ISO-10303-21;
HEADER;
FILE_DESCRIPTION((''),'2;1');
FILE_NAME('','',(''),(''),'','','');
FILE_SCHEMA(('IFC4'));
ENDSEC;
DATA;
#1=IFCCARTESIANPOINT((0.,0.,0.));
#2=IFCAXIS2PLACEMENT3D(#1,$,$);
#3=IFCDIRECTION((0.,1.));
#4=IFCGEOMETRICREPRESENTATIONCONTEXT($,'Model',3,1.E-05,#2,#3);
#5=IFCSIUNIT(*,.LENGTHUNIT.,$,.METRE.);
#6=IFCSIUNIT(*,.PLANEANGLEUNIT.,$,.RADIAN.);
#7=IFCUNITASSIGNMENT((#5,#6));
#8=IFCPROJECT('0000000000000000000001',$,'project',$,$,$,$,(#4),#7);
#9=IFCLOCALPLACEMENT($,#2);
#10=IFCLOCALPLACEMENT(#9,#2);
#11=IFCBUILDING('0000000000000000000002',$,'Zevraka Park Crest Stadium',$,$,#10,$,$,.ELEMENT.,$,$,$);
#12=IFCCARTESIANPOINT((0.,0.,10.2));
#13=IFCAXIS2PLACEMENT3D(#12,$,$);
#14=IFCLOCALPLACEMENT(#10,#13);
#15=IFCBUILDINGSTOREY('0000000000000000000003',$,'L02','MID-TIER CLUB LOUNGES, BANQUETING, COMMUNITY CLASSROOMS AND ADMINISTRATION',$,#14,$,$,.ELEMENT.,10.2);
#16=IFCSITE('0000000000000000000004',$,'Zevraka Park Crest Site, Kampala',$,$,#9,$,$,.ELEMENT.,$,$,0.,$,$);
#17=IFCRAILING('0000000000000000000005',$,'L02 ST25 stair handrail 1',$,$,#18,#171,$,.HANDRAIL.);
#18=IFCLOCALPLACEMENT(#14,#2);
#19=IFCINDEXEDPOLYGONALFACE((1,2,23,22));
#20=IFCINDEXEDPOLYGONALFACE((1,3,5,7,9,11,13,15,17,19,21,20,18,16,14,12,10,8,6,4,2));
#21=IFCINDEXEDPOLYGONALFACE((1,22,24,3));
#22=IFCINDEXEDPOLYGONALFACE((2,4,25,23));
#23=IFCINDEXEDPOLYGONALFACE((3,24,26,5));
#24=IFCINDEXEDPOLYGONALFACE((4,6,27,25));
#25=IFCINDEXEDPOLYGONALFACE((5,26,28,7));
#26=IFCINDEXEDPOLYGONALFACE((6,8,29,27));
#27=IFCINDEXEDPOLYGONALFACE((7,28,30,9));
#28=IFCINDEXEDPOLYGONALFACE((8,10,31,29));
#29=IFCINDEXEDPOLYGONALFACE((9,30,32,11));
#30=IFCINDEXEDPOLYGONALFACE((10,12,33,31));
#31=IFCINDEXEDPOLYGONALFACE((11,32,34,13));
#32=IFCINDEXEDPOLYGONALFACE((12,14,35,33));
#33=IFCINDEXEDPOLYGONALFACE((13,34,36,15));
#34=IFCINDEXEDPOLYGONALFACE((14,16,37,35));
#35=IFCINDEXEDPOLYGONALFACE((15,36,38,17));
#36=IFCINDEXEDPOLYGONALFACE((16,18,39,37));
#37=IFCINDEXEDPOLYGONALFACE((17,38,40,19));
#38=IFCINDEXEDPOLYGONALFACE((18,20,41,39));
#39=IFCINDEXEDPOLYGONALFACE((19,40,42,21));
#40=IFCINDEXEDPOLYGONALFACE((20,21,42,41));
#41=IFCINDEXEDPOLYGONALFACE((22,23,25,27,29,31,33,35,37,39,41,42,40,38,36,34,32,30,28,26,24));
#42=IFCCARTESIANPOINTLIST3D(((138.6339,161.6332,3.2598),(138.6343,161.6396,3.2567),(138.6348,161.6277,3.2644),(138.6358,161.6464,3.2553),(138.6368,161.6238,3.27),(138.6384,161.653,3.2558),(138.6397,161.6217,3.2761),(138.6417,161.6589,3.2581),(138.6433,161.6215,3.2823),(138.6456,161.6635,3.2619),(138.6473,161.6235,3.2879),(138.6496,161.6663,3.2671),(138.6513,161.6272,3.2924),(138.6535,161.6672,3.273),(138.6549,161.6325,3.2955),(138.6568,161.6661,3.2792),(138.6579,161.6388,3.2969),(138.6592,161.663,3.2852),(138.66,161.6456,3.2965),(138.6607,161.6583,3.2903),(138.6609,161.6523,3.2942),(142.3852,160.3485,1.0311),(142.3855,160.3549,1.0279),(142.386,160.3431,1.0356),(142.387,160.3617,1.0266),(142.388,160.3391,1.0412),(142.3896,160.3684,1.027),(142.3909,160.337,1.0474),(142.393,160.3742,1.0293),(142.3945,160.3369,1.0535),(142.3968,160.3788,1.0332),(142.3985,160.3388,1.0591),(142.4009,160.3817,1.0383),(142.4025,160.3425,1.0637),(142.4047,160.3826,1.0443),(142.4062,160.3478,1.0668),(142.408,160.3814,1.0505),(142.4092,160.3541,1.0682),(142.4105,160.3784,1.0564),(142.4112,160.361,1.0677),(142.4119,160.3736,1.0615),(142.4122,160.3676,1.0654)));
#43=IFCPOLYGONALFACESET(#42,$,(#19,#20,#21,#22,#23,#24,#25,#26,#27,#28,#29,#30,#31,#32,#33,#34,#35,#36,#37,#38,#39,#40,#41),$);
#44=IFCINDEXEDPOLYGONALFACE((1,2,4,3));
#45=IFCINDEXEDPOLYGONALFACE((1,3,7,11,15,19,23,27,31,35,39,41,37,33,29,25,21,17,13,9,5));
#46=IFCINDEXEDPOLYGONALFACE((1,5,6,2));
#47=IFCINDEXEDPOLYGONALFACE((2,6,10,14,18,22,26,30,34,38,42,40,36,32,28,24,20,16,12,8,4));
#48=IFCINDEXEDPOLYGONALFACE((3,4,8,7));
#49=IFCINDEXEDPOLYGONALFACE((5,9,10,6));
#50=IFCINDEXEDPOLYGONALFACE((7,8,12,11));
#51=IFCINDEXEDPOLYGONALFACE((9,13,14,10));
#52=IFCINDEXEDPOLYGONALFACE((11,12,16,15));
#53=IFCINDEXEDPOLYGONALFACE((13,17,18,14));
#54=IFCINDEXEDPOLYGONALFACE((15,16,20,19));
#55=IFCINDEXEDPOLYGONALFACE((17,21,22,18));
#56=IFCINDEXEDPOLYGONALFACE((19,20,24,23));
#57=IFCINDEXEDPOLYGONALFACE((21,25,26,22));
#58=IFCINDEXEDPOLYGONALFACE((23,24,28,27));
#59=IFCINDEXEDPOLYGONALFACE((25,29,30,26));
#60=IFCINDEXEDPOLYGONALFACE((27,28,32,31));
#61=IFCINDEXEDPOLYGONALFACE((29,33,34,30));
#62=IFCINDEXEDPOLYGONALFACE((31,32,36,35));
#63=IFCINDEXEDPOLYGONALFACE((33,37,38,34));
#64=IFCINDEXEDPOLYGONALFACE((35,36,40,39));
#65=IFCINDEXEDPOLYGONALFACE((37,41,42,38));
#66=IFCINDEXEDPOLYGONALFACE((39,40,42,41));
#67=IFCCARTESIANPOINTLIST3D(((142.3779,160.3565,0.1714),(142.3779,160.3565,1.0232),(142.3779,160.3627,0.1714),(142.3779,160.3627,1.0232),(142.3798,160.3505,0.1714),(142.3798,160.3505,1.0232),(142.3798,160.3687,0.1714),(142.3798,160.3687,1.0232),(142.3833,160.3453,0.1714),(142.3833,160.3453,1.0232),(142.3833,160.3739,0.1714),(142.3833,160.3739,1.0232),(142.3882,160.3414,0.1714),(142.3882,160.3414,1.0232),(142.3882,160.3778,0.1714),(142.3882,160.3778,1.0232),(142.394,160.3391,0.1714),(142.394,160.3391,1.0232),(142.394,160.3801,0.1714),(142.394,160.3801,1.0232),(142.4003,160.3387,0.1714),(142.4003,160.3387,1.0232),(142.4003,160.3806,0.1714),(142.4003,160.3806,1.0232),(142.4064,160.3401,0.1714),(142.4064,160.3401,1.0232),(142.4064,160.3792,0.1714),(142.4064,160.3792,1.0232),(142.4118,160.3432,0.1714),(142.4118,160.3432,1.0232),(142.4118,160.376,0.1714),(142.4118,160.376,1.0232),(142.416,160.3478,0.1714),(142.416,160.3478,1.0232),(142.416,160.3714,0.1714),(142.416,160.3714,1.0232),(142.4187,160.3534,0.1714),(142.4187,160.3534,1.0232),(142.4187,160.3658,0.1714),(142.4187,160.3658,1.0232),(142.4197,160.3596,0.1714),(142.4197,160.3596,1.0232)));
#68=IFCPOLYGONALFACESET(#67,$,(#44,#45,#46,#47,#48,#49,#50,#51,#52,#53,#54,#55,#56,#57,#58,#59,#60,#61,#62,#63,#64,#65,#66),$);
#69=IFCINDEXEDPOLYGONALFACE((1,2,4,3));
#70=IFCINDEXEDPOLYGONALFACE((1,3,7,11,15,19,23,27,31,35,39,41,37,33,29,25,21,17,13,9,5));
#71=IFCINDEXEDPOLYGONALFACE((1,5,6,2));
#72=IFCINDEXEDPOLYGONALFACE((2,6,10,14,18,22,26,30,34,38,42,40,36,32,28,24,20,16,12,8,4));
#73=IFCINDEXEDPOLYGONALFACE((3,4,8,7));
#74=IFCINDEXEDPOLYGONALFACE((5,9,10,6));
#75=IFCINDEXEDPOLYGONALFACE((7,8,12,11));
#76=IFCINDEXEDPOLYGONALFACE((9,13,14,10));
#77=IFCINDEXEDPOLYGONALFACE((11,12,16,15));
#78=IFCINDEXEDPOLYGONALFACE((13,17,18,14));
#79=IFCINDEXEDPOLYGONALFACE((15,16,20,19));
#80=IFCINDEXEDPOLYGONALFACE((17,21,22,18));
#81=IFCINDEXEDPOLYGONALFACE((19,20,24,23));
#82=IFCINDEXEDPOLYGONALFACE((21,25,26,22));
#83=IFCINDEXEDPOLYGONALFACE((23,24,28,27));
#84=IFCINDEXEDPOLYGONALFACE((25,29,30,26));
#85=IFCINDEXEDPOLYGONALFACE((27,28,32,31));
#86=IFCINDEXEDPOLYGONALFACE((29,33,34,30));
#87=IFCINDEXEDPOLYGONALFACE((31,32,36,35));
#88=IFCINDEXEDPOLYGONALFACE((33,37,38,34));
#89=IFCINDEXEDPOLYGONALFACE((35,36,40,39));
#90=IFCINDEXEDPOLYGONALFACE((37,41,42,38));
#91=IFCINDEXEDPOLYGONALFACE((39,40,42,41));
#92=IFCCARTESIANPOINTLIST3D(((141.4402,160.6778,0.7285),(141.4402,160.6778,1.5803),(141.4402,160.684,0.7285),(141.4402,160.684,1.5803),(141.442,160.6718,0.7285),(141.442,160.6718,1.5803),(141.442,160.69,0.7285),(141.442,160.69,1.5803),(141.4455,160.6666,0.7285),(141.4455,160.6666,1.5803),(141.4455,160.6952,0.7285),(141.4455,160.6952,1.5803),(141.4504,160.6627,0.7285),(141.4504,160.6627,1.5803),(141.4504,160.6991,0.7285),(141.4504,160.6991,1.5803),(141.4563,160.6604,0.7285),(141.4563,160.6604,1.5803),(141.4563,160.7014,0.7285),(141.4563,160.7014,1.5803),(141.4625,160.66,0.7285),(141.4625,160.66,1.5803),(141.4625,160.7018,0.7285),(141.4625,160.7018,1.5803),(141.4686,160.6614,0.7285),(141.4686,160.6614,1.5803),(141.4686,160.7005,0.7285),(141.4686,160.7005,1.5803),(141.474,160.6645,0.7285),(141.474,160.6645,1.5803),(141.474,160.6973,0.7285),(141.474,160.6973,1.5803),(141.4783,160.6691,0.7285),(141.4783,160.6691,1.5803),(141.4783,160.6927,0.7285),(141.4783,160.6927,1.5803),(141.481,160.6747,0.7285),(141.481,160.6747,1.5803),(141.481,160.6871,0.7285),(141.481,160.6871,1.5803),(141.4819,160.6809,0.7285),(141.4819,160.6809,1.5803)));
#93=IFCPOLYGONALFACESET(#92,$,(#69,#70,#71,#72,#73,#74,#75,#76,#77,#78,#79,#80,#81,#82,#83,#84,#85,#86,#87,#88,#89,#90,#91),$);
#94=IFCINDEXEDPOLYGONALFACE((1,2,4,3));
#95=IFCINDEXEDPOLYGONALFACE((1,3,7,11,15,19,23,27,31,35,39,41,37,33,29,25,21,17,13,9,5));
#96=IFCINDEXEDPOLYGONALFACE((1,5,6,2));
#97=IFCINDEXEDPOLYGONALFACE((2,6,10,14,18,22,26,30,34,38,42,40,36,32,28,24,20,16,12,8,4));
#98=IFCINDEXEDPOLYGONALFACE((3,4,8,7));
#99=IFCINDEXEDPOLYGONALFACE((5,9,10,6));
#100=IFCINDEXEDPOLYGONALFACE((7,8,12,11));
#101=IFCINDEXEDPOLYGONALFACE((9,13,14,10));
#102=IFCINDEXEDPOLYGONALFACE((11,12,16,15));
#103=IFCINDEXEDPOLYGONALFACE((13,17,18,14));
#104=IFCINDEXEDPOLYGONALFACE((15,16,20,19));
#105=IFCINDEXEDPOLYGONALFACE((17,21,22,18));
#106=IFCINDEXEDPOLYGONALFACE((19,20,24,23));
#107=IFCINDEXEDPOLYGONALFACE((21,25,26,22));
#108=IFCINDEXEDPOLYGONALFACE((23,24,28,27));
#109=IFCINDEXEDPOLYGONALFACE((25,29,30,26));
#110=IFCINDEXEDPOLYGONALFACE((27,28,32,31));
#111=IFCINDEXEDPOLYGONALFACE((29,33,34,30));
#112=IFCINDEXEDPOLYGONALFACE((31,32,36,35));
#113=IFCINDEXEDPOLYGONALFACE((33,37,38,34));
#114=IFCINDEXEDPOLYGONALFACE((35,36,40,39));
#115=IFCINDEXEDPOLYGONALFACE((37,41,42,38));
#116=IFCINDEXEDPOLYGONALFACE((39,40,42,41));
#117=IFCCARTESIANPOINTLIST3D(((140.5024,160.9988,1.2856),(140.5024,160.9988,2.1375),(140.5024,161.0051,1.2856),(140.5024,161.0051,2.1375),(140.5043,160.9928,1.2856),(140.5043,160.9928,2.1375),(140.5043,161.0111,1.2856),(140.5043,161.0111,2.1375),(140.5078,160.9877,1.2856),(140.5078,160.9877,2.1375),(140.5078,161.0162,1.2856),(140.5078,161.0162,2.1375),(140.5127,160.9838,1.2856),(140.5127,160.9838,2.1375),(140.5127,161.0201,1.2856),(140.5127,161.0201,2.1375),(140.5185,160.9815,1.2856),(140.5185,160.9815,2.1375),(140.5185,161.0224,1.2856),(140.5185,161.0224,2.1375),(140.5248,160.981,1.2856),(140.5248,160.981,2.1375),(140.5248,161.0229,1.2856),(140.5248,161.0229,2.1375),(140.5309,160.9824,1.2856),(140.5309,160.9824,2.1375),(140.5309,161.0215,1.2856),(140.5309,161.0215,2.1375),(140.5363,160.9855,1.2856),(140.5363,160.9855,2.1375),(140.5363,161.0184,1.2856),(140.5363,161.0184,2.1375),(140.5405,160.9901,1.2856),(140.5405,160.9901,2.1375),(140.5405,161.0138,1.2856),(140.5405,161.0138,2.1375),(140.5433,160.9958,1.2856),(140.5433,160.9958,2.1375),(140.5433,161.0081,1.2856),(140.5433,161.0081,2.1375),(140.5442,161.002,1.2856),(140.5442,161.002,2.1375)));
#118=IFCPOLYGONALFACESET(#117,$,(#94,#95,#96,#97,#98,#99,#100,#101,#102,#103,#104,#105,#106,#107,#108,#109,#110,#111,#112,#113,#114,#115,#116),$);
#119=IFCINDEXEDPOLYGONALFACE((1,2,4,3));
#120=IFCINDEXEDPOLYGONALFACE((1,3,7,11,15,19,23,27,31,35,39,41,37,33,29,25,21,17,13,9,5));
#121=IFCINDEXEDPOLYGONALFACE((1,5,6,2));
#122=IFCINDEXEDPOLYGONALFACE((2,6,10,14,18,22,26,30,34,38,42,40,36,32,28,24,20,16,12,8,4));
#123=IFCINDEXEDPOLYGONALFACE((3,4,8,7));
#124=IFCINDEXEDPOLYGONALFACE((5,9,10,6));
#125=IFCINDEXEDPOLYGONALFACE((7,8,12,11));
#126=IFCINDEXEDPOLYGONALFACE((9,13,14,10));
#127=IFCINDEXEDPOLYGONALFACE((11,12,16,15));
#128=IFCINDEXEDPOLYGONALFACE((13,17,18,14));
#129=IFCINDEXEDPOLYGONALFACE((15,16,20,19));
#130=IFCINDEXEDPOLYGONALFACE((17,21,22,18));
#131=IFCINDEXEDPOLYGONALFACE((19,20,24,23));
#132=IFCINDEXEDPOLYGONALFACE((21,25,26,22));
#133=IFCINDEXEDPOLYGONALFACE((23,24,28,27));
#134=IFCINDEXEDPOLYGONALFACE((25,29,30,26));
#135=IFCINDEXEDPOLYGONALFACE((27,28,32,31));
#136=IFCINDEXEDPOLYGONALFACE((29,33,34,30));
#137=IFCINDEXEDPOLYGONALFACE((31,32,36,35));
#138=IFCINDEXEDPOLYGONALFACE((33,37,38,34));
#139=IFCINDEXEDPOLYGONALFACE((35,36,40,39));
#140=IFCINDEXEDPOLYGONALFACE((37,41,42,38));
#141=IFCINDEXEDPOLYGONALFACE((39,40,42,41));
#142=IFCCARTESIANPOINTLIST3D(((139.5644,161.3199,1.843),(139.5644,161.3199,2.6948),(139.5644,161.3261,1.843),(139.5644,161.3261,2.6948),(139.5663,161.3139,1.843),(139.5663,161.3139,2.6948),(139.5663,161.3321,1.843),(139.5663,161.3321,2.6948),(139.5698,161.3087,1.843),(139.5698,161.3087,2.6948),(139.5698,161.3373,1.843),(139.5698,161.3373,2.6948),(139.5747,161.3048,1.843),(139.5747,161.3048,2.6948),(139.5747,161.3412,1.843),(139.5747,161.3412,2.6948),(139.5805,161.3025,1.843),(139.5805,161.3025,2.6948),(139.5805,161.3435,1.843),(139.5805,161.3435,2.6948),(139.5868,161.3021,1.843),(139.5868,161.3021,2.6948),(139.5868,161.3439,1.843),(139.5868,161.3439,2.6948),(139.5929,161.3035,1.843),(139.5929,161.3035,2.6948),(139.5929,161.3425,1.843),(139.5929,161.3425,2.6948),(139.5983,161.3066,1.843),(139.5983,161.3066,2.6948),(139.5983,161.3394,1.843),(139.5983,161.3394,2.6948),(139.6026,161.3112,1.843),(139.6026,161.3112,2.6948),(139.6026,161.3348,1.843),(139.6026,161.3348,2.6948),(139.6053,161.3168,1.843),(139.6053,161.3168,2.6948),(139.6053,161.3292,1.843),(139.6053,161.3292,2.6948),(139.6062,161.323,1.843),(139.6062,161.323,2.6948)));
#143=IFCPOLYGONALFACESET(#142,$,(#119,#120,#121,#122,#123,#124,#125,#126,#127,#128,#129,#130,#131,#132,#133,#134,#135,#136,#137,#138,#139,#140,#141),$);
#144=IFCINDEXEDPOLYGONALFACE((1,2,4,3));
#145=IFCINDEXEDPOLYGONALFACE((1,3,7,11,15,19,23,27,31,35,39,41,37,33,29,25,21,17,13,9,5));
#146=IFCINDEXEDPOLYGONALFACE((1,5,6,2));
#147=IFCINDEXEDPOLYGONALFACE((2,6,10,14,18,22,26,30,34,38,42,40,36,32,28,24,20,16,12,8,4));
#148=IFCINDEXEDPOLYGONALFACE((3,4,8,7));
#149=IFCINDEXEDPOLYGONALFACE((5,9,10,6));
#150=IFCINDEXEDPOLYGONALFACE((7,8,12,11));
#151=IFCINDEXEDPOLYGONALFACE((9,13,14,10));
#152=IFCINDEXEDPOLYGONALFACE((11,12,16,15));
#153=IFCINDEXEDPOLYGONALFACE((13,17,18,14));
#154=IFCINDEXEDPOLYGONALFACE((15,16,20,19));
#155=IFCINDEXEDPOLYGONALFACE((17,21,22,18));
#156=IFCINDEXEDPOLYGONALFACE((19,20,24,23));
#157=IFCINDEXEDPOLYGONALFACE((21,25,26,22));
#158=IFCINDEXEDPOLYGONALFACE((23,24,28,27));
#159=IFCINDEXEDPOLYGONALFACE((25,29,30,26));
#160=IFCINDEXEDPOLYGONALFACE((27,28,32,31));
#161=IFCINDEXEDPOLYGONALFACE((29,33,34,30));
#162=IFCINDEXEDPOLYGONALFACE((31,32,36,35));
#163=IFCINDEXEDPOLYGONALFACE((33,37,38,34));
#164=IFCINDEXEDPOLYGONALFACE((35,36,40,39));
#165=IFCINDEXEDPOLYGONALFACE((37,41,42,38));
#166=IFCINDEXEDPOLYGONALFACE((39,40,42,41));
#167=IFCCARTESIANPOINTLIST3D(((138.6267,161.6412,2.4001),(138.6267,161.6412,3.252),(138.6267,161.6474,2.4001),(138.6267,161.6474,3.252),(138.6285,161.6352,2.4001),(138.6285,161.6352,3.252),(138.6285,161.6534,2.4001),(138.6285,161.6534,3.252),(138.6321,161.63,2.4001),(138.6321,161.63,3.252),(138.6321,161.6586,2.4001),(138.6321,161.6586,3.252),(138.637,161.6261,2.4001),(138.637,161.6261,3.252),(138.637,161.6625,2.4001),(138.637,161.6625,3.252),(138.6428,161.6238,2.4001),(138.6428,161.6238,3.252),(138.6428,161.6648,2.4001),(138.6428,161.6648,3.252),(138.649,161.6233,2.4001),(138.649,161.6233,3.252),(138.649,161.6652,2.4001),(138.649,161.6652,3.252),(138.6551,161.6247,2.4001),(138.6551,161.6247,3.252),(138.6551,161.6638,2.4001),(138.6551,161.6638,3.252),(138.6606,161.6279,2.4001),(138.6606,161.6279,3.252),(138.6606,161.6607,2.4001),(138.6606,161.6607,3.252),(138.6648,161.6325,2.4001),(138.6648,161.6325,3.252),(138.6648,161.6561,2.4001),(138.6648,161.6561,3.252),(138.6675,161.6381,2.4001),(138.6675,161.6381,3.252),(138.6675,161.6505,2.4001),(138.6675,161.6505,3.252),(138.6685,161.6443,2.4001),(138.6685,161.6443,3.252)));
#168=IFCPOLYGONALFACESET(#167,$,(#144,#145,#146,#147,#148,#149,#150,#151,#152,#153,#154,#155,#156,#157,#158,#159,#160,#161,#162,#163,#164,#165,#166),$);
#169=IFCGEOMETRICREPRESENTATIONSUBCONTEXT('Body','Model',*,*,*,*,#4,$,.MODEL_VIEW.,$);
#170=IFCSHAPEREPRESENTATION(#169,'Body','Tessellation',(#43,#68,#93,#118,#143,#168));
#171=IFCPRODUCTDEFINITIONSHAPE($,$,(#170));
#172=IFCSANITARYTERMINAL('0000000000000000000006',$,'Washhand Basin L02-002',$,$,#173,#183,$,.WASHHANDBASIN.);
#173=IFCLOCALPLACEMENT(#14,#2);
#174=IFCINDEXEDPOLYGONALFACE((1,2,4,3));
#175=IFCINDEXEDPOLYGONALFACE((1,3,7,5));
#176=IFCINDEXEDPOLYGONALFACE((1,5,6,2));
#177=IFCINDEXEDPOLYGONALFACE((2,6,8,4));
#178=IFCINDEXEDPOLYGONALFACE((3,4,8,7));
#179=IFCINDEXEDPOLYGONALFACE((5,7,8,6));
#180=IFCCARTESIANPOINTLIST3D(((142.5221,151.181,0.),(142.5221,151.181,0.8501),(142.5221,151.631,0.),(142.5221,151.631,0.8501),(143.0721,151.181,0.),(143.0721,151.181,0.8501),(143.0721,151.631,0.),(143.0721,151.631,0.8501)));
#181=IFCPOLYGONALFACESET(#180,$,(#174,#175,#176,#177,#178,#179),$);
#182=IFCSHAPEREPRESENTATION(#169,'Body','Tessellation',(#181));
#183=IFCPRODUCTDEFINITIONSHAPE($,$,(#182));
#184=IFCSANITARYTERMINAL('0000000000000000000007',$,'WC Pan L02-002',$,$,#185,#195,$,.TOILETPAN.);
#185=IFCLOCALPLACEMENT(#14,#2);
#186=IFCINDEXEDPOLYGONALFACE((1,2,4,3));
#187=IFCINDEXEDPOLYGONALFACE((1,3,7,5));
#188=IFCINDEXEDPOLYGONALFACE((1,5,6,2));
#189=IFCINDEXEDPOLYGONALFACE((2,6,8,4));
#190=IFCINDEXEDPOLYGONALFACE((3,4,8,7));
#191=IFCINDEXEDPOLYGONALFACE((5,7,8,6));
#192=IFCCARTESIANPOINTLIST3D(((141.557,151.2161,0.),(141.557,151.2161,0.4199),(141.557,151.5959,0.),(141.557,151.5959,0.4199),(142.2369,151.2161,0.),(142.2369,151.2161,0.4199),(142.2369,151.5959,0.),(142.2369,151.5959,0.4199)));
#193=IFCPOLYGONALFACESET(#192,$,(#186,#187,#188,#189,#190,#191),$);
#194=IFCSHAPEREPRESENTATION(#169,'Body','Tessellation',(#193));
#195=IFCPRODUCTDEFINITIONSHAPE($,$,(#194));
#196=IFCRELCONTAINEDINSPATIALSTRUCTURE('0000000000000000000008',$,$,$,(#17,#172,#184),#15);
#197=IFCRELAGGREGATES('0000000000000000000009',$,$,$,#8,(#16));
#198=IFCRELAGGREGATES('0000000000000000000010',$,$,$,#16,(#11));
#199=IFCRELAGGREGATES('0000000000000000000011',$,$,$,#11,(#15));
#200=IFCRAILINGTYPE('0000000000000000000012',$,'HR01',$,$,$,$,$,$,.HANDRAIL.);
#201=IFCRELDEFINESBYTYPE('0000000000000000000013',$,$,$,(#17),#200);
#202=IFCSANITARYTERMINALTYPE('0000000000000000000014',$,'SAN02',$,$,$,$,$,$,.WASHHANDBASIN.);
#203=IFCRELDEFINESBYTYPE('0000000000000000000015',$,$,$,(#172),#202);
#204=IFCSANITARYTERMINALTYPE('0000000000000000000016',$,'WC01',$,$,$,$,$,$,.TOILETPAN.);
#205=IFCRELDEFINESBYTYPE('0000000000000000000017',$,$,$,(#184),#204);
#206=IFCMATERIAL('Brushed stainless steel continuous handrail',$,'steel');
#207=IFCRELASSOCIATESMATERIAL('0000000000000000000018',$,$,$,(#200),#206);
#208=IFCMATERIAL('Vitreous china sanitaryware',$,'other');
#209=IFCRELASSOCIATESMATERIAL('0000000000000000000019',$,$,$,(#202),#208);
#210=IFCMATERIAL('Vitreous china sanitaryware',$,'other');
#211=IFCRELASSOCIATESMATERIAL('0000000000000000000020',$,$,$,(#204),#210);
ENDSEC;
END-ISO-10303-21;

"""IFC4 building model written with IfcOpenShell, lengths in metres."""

from ifc_helpers import new_model, si_unit, direction, frame, origin, origin_2d, place, context, subcontext, project, spatial, rectangle, circle, extrude, material, type_object, element, save


model = new_model("IFC4")

# Units and contexts
model_context = context("Model", 3, precision=1e-05, world=origin(), true_north=direction((0.0, 1.0)))
body_context = subcontext(model_context, "Body", "Model", "MODEL_VIEW")
ifc_project = project(units=[si_unit("LENGTHUNIT", "METRE"), si_unit("PLANEANGLEUNIT", "RADIAN")], contexts=[model_context])

# Site, building, storey
site_placement = place(None, origin())
site = spatial("IfcSite", under=ifc_project, at=site_placement, Name="Zevraka Park Crest Site, Kampala", CompositionType="ELEMENT", RefElevation=0.0)
building_placement = place(site_placement, origin())
building = spatial("IfcBuilding", under=site, at=building_placement, Name="Zevraka Park Crest Stadium", CompositionType="ELEMENT")
storey_placement = place(building_placement, frame((0.0, 0.0, 10.2)))
storey = spatial("IfcBuildingStorey", under=building, at=storey_placement, Name="L02", Description="MID-TIER CLUB LOUNGES, BANQUETING, COMMUNITY CLASSROOMS AND ADMINISTRATION", CompositionType="ELEMENT", Elevation=10.2)

# Railing
ifc_material_1 = material(Name="Brushed stainless steel continuous handrail", Category="steel")
railing_type_1 = type_object("IfcRailingType", Name="HR01", PredefinedType="HANDRAIL", material=ifc_material_1)
railing_1_placement = place(storey_placement, frame((142.3987, 160.3596, 0.1714)))
element("IfcRailing", 1, at=railing_1_placement, inside=storey, type_object=railing_type_1, Name="L02 ST25 stair handrail 1", PredefinedType="HANDRAIL", context=body_context, shape_type="SweptSolid", body=[
    extrude(circle(Radius=0.0239, at=origin_2d()), frame((0.0, 0.0, 0.876), z_axis=(-0.824705, 0.282434, 0.489992), x_axis=(-0.323994, -0.946059, 0.0)), (0.0, 0.0, 1.0), 4.5486),
    extrude(circle(Radius=0.021, at=origin_2d()), origin(), (0.0, 0.0, 1.0), 0.8518),
    extrude(circle(Radius=0.021, at=origin_2d()), frame((-0.9377, 0.3213, 0.5571)), (0.0, 0.0, 1.0), 0.8518),
    extrude(circle(Radius=0.021, at=origin_2d()), frame((-1.8755, 0.6423, 1.1143)), (0.0, 0.0, 1.0), 0.8518),
    extrude(circle(Radius=0.021, at=origin_2d()), frame((-2.8135, 0.9634, 1.6716)), (0.0, 0.0, 1.0), 0.8518),
    extrude(circle(Radius=0.021, at=origin_2d()), frame((-3.7512, 1.2847, 2.2288)), (0.0, 0.0, 1.0), 0.8518),
])

# Sanitary terminals
ifc_material_2 = material(Name="Vitreous china sanitaryware", Category="other")
sanitary_terminal_type_1 = type_object("IfcSanitaryTerminalType", Name="SAN02", PredefinedType="WASHHANDBASIN", material=ifc_material_2)
sanitary_terminal_1_placement = place(storey_placement, frame((142.7971, 151.406, 0.0), z_axis=(0.0, 0.0, 1.0), x_axis=(1.0, 0.0, 0.0)))
element("IfcSanitaryTerminal", 2, at=sanitary_terminal_1_placement, inside=storey, type_object=sanitary_terminal_type_1, Name="Washhand Basin L02-002", PredefinedType="WASHHANDBASIN", context=body_context, shape_type="SweptSolid", body=[
    extrude(rectangle(XDim=0.55, YDim=0.45, at=origin_2d()), origin(), (0.0, 0.0, 1.0), 0.8501),
])
ifc_material_3 = material(Name="Vitreous china sanitaryware", Category="other")
sanitary_terminal_type_2 = type_object("IfcSanitaryTerminalType", Name="WC01", PredefinedType="TOILETPAN", material=ifc_material_3)
sanitary_terminal_2_placement = place(storey_placement, frame((141.897, 151.406, 0.0), z_axis=(0.0, 0.0, 1.0), x_axis=(1.0, 0.0, 0.0)))
element("IfcSanitaryTerminal", 3, at=sanitary_terminal_2_placement, inside=storey, type_object=sanitary_terminal_type_2, Name="WC Pan L02-002", PredefinedType="TOILETPAN", context=body_context, shape_type="SweptSolid", body=[
    extrude(rectangle(XDim=0.6799, YDim=0.3799, at=origin_2d()), origin(), (0.0, 0.0, 1.0), 0.4199),
])

save(model, "model.ifc")
